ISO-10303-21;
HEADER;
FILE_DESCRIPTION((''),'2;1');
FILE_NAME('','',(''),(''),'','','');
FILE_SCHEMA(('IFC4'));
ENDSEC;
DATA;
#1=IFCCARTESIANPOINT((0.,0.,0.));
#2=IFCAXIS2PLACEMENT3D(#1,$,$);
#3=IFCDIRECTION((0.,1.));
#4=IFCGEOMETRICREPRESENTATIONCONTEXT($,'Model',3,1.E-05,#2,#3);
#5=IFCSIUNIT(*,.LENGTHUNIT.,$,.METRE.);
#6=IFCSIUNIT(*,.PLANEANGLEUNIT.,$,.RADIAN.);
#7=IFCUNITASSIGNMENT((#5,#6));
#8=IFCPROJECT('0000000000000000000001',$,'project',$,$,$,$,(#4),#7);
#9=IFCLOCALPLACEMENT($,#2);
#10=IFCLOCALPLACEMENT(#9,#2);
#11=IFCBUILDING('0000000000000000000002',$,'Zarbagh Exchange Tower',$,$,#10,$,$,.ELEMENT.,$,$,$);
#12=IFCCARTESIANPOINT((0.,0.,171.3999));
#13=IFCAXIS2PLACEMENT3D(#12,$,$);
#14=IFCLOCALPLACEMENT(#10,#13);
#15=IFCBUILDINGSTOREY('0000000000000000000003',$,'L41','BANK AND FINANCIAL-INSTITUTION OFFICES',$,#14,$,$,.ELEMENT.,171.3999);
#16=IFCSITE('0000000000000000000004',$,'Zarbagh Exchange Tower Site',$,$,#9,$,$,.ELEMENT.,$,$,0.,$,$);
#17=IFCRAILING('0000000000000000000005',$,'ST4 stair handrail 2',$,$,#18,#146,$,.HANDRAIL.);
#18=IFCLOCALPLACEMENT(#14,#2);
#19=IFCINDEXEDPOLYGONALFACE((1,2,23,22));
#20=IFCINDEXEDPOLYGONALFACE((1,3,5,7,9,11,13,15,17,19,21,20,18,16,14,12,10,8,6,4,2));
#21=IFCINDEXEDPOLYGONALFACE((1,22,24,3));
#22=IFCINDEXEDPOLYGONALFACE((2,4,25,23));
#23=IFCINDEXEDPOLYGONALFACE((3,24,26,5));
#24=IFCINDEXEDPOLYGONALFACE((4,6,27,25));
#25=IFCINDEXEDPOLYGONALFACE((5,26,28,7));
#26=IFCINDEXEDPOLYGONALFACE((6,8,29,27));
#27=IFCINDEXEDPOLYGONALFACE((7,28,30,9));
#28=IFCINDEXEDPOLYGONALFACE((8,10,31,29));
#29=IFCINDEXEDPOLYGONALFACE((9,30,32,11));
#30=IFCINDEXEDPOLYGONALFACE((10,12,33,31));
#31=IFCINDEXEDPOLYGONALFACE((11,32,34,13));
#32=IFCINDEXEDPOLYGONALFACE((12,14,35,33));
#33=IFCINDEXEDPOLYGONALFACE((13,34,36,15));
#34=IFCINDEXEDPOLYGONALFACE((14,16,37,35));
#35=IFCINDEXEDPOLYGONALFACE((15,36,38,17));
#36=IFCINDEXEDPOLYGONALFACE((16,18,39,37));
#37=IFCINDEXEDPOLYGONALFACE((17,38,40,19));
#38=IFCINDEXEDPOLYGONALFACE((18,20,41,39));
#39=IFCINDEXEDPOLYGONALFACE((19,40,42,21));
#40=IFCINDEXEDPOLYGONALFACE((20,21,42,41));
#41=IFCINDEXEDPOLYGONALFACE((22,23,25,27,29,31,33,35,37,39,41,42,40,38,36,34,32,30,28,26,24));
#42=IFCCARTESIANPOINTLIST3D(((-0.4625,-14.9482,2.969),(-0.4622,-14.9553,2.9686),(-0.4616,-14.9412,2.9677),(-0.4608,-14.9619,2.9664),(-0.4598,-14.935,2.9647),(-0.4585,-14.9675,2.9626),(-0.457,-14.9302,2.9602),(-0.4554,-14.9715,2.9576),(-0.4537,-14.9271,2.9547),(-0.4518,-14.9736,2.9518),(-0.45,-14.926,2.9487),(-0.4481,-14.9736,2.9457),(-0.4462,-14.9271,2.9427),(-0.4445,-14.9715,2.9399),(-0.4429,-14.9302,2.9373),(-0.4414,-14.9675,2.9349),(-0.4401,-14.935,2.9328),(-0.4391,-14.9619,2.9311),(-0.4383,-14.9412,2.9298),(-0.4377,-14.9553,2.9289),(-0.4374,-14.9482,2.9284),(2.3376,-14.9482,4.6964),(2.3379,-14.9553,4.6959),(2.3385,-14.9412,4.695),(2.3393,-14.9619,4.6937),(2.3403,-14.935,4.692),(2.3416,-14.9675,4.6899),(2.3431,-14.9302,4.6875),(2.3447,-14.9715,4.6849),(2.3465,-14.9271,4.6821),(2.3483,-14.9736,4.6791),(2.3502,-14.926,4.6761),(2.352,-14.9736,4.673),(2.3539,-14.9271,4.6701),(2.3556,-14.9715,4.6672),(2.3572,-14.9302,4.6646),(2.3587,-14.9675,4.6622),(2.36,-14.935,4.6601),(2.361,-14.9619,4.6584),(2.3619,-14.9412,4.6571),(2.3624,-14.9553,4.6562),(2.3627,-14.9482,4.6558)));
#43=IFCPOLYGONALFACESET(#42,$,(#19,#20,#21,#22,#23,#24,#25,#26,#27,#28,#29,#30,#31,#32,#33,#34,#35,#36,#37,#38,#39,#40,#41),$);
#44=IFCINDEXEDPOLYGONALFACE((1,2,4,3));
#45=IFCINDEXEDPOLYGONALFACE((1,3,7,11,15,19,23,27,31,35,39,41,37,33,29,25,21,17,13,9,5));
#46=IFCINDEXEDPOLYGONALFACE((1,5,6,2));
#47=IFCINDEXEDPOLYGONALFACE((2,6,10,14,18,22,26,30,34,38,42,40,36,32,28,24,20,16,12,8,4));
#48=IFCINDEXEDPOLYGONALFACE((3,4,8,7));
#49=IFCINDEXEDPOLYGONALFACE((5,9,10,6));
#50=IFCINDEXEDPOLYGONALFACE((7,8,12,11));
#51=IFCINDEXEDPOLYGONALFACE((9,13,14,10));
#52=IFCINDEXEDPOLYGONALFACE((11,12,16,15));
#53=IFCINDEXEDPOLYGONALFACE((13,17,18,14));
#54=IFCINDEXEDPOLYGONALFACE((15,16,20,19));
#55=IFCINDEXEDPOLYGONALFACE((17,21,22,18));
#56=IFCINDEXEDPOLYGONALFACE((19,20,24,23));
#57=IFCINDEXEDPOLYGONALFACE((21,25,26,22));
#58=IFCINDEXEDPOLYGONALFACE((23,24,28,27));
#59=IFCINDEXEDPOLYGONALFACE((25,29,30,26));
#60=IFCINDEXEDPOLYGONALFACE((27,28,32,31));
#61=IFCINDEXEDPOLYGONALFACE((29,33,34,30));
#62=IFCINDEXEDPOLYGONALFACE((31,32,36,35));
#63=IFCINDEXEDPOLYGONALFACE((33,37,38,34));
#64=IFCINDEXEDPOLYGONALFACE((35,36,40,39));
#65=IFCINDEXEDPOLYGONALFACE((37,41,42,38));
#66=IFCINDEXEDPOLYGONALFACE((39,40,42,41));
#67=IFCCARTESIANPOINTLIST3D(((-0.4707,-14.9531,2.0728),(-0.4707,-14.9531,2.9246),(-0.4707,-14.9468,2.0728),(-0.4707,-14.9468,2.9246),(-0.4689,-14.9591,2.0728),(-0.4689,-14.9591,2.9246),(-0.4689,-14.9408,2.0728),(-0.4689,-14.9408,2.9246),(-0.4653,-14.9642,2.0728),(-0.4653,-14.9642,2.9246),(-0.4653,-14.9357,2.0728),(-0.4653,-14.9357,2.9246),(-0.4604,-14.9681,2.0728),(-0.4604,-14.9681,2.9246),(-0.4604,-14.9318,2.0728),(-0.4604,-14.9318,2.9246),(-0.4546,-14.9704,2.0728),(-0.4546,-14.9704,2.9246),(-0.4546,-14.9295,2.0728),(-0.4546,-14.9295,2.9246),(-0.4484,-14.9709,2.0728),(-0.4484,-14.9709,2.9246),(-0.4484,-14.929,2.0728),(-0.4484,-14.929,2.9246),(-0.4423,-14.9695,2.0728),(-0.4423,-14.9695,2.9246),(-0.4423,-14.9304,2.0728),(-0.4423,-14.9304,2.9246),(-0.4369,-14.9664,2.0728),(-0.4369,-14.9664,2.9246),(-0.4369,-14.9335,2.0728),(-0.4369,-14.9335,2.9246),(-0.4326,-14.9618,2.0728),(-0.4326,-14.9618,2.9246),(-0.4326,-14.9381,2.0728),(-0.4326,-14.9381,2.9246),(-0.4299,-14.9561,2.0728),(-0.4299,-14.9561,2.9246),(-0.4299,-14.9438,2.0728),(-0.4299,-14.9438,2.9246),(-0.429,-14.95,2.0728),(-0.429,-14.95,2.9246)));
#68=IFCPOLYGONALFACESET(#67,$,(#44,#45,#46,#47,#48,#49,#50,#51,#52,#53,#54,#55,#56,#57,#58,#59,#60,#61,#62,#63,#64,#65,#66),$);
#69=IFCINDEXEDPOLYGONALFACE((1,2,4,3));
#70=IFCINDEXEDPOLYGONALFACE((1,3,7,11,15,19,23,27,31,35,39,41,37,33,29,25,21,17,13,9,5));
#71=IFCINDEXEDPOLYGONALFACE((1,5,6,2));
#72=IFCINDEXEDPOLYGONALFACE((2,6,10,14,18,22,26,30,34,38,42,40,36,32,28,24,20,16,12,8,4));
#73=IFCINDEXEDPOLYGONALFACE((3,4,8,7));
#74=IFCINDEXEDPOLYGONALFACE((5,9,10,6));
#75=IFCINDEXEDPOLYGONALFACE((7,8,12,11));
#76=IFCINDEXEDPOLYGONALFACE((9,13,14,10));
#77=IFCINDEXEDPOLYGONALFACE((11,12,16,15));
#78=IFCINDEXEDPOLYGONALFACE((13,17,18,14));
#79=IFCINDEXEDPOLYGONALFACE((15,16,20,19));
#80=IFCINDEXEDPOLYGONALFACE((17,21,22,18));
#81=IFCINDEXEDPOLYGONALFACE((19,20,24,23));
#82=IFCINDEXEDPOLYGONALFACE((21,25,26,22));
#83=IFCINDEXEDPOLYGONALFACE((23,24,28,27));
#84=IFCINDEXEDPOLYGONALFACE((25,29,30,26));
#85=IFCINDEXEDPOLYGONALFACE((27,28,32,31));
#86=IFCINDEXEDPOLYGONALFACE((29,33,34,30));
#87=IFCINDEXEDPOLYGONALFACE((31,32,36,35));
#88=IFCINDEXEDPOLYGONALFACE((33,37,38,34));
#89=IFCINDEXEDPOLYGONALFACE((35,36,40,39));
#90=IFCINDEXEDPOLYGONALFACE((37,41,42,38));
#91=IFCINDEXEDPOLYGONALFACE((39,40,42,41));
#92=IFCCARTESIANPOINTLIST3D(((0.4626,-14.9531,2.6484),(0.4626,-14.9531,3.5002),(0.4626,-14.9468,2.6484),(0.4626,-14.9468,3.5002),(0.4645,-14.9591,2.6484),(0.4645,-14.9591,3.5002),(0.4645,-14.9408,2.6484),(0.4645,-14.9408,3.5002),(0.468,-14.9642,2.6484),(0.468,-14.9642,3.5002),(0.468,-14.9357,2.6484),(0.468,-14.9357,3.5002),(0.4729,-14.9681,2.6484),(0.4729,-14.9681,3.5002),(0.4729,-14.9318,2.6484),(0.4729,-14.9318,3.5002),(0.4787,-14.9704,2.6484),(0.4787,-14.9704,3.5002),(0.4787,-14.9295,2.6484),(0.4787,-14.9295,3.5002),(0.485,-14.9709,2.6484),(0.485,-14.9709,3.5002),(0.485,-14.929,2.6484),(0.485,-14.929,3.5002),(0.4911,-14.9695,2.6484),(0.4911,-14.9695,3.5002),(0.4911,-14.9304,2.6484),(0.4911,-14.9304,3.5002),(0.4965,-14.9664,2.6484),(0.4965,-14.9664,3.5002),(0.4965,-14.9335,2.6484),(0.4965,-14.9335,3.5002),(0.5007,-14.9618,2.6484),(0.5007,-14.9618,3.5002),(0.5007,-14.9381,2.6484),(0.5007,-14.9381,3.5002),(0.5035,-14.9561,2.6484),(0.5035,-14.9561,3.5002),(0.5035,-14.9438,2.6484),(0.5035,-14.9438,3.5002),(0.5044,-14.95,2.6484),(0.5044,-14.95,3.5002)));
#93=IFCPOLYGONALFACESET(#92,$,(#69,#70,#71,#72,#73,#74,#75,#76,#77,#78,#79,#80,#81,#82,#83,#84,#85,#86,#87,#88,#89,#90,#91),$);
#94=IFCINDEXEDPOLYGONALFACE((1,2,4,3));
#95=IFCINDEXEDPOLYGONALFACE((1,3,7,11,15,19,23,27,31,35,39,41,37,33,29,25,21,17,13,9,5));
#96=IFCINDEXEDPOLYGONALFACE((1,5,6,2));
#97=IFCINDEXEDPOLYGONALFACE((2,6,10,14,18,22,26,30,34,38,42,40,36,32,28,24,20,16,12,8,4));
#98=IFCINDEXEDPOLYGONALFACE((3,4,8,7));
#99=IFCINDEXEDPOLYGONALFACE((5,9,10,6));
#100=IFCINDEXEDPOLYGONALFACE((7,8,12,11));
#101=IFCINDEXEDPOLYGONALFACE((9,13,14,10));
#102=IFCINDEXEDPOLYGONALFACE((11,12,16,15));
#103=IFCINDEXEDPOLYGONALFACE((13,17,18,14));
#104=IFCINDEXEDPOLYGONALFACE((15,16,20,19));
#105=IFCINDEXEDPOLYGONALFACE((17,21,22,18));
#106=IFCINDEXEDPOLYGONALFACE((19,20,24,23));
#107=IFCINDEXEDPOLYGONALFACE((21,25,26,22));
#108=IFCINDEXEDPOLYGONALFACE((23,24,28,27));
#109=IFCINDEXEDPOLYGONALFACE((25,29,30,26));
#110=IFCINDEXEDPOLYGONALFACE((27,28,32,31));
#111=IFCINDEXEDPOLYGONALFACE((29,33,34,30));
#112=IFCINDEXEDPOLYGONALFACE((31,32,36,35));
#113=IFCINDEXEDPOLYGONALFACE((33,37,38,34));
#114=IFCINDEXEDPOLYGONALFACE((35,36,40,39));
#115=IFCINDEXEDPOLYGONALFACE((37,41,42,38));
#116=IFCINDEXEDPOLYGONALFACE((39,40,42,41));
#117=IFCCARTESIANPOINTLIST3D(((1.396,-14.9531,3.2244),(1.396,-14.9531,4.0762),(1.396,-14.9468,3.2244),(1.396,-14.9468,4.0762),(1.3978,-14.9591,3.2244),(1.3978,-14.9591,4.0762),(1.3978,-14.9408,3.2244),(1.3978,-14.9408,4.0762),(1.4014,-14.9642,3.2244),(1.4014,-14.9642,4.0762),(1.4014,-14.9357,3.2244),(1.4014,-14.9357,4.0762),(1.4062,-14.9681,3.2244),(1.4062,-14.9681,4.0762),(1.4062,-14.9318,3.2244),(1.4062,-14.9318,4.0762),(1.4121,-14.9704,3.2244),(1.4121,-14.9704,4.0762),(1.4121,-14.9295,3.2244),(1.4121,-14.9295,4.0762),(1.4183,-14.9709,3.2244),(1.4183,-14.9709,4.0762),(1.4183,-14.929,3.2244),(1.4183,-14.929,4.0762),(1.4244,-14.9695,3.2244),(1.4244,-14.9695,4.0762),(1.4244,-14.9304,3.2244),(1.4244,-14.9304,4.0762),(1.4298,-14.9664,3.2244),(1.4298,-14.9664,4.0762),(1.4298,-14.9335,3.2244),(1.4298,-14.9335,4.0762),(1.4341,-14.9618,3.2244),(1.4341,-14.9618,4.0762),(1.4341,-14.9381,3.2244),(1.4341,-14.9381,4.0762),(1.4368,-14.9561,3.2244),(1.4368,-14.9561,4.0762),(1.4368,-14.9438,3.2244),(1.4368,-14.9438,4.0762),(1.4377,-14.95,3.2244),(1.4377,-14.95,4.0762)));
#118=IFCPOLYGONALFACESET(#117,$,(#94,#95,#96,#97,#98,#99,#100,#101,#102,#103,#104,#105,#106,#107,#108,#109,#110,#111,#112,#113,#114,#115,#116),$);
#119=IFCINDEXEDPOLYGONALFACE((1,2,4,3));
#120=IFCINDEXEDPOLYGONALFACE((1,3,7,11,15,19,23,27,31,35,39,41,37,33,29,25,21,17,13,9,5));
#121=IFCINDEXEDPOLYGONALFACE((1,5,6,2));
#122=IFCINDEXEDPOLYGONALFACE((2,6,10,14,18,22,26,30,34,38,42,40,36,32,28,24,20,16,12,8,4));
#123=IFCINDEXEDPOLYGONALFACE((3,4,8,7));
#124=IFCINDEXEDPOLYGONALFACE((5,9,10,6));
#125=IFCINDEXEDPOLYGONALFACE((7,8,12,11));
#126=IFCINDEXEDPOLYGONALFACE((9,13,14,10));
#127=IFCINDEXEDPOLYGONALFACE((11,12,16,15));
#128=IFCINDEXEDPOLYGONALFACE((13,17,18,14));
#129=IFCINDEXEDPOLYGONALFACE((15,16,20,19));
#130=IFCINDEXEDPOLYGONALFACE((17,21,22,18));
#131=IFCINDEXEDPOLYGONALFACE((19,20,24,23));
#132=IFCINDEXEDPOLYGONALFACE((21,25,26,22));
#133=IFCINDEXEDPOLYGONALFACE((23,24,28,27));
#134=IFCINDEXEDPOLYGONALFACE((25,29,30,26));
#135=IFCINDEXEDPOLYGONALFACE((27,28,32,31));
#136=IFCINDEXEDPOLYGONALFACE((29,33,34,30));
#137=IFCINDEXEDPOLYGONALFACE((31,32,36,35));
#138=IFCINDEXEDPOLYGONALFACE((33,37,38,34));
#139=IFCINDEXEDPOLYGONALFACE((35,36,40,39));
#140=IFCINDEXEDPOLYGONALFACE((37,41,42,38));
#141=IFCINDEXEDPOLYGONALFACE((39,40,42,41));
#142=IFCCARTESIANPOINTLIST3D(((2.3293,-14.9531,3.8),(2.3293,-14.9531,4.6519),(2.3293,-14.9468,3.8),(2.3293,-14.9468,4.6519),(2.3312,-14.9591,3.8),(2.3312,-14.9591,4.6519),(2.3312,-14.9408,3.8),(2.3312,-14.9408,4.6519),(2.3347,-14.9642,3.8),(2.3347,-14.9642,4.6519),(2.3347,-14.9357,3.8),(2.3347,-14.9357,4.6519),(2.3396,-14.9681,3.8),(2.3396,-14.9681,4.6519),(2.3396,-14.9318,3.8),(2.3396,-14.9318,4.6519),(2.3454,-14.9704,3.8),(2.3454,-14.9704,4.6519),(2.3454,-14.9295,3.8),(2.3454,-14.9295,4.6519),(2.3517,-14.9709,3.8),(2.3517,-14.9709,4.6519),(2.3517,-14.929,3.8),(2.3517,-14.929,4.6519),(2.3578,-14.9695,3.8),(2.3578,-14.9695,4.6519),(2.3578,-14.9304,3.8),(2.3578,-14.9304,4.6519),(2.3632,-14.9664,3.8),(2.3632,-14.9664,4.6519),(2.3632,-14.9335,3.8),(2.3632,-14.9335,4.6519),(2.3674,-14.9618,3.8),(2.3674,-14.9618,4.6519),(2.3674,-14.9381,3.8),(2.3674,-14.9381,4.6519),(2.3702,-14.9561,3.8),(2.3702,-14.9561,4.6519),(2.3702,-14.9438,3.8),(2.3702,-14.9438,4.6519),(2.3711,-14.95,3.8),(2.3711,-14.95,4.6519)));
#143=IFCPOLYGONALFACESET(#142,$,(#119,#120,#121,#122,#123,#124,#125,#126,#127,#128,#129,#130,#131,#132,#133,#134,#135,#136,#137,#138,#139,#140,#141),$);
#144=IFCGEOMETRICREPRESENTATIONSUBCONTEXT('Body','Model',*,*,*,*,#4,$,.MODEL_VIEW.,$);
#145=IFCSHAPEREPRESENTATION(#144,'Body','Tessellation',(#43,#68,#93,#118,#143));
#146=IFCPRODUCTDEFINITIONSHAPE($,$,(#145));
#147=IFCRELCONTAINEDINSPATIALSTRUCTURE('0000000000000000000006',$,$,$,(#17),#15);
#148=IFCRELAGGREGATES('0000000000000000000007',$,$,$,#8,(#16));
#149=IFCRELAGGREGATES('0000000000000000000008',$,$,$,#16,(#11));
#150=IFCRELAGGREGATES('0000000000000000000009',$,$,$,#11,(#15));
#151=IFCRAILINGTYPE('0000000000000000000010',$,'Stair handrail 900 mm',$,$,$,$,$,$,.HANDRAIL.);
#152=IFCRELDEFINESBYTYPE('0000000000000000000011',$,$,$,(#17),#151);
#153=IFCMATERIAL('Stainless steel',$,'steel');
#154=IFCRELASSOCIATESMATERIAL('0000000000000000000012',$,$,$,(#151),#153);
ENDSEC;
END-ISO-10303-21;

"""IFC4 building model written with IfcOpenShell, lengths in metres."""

from ifc_helpers import new_model, si_unit, direction, frame, origin, origin_2d, place, context, subcontext, project, spatial, circle, extrude, material, type_object, element, save


model = new_model("IFC4")

# Units and contexts
model_context = context("Model", 3, precision=1e-05, world=origin(), true_north=direction((0.0, 1.0)))
body_context = subcontext(model_context, "Body", "Model", "MODEL_VIEW")
ifc_project = project(units=[si_unit("LENGTHUNIT", "METRE"), si_unit("PLANEANGLEUNIT", "RADIAN")], contexts=[model_context])

# Site, building, storey
site_placement = place(None, origin())
site = spatial("IfcSite", under=ifc_project, at=site_placement, Name="Zarbagh Exchange Tower Site", CompositionType="ELEMENT", RefElevation=0.0)
building_placement = place(site_placement, origin())
building = spatial("IfcBuilding", under=site, at=building_placement, Name="Zarbagh Exchange Tower", CompositionType="ELEMENT")
storey_placement = place(building_placement, frame((0.0, 0.0, 171.3999)))
storey = spatial("IfcBuildingStorey", under=building, at=storey_placement, Name="L41", Description="BANK AND FINANCIAL-INSTITUTION OFFICES", CompositionType="ELEMENT", Elevation=171.3999)

# Shared definitions
ifc_material_1 = material(Name="Stainless steel", Category="steel")

# Railing
railing_type_1 = type_object("IfcRailingType", Name="Stair handrail 900 mm", PredefinedType="HANDRAIL", material=ifc_material_1)
for number, where, name in (
    (1, (-0.45, -14.95, 2.0728), "ST4 stair handrail 2"),
):
    element("IfcRailing", number, at=place(storey_placement, frame(where)), inside=storey, type_object=railing_type_1, Name=name, PredefinedType="HANDRAIL", context=body_context, shape_type="SweptSolid", body=[
        extrude(circle(Radius=0.0239, at=origin_2d()), frame((0.0, 0.0, 0.876), z_axis=(0.85109, 0.0, 0.52502), x_axis=(0.0, 1.0, 0.0)), (0.0, 0.0, 1.0), 3.29),
        extrude(circle(Radius=0.021, at=origin_2d()), origin(), (0.0, 0.0, 1.0), 0.8518),
        extrude(circle(Radius=0.021, at=origin_2d()), frame((0.9333, 0.0, 0.5757)), (0.0, 0.0, 1.0), 0.8518),
        extrude(circle(Radius=0.021, at=origin_2d()), frame((1.8667, 0.0, 1.1516)), (0.0, 0.0, 1.0), 0.8518),
        extrude(circle(Radius=0.021, at=origin_2d()), frame((2.8, 0.0, 1.7273)), (0.0, 0.0, 1.0), 0.8518),
    ])

save(model, "model.ifc")
